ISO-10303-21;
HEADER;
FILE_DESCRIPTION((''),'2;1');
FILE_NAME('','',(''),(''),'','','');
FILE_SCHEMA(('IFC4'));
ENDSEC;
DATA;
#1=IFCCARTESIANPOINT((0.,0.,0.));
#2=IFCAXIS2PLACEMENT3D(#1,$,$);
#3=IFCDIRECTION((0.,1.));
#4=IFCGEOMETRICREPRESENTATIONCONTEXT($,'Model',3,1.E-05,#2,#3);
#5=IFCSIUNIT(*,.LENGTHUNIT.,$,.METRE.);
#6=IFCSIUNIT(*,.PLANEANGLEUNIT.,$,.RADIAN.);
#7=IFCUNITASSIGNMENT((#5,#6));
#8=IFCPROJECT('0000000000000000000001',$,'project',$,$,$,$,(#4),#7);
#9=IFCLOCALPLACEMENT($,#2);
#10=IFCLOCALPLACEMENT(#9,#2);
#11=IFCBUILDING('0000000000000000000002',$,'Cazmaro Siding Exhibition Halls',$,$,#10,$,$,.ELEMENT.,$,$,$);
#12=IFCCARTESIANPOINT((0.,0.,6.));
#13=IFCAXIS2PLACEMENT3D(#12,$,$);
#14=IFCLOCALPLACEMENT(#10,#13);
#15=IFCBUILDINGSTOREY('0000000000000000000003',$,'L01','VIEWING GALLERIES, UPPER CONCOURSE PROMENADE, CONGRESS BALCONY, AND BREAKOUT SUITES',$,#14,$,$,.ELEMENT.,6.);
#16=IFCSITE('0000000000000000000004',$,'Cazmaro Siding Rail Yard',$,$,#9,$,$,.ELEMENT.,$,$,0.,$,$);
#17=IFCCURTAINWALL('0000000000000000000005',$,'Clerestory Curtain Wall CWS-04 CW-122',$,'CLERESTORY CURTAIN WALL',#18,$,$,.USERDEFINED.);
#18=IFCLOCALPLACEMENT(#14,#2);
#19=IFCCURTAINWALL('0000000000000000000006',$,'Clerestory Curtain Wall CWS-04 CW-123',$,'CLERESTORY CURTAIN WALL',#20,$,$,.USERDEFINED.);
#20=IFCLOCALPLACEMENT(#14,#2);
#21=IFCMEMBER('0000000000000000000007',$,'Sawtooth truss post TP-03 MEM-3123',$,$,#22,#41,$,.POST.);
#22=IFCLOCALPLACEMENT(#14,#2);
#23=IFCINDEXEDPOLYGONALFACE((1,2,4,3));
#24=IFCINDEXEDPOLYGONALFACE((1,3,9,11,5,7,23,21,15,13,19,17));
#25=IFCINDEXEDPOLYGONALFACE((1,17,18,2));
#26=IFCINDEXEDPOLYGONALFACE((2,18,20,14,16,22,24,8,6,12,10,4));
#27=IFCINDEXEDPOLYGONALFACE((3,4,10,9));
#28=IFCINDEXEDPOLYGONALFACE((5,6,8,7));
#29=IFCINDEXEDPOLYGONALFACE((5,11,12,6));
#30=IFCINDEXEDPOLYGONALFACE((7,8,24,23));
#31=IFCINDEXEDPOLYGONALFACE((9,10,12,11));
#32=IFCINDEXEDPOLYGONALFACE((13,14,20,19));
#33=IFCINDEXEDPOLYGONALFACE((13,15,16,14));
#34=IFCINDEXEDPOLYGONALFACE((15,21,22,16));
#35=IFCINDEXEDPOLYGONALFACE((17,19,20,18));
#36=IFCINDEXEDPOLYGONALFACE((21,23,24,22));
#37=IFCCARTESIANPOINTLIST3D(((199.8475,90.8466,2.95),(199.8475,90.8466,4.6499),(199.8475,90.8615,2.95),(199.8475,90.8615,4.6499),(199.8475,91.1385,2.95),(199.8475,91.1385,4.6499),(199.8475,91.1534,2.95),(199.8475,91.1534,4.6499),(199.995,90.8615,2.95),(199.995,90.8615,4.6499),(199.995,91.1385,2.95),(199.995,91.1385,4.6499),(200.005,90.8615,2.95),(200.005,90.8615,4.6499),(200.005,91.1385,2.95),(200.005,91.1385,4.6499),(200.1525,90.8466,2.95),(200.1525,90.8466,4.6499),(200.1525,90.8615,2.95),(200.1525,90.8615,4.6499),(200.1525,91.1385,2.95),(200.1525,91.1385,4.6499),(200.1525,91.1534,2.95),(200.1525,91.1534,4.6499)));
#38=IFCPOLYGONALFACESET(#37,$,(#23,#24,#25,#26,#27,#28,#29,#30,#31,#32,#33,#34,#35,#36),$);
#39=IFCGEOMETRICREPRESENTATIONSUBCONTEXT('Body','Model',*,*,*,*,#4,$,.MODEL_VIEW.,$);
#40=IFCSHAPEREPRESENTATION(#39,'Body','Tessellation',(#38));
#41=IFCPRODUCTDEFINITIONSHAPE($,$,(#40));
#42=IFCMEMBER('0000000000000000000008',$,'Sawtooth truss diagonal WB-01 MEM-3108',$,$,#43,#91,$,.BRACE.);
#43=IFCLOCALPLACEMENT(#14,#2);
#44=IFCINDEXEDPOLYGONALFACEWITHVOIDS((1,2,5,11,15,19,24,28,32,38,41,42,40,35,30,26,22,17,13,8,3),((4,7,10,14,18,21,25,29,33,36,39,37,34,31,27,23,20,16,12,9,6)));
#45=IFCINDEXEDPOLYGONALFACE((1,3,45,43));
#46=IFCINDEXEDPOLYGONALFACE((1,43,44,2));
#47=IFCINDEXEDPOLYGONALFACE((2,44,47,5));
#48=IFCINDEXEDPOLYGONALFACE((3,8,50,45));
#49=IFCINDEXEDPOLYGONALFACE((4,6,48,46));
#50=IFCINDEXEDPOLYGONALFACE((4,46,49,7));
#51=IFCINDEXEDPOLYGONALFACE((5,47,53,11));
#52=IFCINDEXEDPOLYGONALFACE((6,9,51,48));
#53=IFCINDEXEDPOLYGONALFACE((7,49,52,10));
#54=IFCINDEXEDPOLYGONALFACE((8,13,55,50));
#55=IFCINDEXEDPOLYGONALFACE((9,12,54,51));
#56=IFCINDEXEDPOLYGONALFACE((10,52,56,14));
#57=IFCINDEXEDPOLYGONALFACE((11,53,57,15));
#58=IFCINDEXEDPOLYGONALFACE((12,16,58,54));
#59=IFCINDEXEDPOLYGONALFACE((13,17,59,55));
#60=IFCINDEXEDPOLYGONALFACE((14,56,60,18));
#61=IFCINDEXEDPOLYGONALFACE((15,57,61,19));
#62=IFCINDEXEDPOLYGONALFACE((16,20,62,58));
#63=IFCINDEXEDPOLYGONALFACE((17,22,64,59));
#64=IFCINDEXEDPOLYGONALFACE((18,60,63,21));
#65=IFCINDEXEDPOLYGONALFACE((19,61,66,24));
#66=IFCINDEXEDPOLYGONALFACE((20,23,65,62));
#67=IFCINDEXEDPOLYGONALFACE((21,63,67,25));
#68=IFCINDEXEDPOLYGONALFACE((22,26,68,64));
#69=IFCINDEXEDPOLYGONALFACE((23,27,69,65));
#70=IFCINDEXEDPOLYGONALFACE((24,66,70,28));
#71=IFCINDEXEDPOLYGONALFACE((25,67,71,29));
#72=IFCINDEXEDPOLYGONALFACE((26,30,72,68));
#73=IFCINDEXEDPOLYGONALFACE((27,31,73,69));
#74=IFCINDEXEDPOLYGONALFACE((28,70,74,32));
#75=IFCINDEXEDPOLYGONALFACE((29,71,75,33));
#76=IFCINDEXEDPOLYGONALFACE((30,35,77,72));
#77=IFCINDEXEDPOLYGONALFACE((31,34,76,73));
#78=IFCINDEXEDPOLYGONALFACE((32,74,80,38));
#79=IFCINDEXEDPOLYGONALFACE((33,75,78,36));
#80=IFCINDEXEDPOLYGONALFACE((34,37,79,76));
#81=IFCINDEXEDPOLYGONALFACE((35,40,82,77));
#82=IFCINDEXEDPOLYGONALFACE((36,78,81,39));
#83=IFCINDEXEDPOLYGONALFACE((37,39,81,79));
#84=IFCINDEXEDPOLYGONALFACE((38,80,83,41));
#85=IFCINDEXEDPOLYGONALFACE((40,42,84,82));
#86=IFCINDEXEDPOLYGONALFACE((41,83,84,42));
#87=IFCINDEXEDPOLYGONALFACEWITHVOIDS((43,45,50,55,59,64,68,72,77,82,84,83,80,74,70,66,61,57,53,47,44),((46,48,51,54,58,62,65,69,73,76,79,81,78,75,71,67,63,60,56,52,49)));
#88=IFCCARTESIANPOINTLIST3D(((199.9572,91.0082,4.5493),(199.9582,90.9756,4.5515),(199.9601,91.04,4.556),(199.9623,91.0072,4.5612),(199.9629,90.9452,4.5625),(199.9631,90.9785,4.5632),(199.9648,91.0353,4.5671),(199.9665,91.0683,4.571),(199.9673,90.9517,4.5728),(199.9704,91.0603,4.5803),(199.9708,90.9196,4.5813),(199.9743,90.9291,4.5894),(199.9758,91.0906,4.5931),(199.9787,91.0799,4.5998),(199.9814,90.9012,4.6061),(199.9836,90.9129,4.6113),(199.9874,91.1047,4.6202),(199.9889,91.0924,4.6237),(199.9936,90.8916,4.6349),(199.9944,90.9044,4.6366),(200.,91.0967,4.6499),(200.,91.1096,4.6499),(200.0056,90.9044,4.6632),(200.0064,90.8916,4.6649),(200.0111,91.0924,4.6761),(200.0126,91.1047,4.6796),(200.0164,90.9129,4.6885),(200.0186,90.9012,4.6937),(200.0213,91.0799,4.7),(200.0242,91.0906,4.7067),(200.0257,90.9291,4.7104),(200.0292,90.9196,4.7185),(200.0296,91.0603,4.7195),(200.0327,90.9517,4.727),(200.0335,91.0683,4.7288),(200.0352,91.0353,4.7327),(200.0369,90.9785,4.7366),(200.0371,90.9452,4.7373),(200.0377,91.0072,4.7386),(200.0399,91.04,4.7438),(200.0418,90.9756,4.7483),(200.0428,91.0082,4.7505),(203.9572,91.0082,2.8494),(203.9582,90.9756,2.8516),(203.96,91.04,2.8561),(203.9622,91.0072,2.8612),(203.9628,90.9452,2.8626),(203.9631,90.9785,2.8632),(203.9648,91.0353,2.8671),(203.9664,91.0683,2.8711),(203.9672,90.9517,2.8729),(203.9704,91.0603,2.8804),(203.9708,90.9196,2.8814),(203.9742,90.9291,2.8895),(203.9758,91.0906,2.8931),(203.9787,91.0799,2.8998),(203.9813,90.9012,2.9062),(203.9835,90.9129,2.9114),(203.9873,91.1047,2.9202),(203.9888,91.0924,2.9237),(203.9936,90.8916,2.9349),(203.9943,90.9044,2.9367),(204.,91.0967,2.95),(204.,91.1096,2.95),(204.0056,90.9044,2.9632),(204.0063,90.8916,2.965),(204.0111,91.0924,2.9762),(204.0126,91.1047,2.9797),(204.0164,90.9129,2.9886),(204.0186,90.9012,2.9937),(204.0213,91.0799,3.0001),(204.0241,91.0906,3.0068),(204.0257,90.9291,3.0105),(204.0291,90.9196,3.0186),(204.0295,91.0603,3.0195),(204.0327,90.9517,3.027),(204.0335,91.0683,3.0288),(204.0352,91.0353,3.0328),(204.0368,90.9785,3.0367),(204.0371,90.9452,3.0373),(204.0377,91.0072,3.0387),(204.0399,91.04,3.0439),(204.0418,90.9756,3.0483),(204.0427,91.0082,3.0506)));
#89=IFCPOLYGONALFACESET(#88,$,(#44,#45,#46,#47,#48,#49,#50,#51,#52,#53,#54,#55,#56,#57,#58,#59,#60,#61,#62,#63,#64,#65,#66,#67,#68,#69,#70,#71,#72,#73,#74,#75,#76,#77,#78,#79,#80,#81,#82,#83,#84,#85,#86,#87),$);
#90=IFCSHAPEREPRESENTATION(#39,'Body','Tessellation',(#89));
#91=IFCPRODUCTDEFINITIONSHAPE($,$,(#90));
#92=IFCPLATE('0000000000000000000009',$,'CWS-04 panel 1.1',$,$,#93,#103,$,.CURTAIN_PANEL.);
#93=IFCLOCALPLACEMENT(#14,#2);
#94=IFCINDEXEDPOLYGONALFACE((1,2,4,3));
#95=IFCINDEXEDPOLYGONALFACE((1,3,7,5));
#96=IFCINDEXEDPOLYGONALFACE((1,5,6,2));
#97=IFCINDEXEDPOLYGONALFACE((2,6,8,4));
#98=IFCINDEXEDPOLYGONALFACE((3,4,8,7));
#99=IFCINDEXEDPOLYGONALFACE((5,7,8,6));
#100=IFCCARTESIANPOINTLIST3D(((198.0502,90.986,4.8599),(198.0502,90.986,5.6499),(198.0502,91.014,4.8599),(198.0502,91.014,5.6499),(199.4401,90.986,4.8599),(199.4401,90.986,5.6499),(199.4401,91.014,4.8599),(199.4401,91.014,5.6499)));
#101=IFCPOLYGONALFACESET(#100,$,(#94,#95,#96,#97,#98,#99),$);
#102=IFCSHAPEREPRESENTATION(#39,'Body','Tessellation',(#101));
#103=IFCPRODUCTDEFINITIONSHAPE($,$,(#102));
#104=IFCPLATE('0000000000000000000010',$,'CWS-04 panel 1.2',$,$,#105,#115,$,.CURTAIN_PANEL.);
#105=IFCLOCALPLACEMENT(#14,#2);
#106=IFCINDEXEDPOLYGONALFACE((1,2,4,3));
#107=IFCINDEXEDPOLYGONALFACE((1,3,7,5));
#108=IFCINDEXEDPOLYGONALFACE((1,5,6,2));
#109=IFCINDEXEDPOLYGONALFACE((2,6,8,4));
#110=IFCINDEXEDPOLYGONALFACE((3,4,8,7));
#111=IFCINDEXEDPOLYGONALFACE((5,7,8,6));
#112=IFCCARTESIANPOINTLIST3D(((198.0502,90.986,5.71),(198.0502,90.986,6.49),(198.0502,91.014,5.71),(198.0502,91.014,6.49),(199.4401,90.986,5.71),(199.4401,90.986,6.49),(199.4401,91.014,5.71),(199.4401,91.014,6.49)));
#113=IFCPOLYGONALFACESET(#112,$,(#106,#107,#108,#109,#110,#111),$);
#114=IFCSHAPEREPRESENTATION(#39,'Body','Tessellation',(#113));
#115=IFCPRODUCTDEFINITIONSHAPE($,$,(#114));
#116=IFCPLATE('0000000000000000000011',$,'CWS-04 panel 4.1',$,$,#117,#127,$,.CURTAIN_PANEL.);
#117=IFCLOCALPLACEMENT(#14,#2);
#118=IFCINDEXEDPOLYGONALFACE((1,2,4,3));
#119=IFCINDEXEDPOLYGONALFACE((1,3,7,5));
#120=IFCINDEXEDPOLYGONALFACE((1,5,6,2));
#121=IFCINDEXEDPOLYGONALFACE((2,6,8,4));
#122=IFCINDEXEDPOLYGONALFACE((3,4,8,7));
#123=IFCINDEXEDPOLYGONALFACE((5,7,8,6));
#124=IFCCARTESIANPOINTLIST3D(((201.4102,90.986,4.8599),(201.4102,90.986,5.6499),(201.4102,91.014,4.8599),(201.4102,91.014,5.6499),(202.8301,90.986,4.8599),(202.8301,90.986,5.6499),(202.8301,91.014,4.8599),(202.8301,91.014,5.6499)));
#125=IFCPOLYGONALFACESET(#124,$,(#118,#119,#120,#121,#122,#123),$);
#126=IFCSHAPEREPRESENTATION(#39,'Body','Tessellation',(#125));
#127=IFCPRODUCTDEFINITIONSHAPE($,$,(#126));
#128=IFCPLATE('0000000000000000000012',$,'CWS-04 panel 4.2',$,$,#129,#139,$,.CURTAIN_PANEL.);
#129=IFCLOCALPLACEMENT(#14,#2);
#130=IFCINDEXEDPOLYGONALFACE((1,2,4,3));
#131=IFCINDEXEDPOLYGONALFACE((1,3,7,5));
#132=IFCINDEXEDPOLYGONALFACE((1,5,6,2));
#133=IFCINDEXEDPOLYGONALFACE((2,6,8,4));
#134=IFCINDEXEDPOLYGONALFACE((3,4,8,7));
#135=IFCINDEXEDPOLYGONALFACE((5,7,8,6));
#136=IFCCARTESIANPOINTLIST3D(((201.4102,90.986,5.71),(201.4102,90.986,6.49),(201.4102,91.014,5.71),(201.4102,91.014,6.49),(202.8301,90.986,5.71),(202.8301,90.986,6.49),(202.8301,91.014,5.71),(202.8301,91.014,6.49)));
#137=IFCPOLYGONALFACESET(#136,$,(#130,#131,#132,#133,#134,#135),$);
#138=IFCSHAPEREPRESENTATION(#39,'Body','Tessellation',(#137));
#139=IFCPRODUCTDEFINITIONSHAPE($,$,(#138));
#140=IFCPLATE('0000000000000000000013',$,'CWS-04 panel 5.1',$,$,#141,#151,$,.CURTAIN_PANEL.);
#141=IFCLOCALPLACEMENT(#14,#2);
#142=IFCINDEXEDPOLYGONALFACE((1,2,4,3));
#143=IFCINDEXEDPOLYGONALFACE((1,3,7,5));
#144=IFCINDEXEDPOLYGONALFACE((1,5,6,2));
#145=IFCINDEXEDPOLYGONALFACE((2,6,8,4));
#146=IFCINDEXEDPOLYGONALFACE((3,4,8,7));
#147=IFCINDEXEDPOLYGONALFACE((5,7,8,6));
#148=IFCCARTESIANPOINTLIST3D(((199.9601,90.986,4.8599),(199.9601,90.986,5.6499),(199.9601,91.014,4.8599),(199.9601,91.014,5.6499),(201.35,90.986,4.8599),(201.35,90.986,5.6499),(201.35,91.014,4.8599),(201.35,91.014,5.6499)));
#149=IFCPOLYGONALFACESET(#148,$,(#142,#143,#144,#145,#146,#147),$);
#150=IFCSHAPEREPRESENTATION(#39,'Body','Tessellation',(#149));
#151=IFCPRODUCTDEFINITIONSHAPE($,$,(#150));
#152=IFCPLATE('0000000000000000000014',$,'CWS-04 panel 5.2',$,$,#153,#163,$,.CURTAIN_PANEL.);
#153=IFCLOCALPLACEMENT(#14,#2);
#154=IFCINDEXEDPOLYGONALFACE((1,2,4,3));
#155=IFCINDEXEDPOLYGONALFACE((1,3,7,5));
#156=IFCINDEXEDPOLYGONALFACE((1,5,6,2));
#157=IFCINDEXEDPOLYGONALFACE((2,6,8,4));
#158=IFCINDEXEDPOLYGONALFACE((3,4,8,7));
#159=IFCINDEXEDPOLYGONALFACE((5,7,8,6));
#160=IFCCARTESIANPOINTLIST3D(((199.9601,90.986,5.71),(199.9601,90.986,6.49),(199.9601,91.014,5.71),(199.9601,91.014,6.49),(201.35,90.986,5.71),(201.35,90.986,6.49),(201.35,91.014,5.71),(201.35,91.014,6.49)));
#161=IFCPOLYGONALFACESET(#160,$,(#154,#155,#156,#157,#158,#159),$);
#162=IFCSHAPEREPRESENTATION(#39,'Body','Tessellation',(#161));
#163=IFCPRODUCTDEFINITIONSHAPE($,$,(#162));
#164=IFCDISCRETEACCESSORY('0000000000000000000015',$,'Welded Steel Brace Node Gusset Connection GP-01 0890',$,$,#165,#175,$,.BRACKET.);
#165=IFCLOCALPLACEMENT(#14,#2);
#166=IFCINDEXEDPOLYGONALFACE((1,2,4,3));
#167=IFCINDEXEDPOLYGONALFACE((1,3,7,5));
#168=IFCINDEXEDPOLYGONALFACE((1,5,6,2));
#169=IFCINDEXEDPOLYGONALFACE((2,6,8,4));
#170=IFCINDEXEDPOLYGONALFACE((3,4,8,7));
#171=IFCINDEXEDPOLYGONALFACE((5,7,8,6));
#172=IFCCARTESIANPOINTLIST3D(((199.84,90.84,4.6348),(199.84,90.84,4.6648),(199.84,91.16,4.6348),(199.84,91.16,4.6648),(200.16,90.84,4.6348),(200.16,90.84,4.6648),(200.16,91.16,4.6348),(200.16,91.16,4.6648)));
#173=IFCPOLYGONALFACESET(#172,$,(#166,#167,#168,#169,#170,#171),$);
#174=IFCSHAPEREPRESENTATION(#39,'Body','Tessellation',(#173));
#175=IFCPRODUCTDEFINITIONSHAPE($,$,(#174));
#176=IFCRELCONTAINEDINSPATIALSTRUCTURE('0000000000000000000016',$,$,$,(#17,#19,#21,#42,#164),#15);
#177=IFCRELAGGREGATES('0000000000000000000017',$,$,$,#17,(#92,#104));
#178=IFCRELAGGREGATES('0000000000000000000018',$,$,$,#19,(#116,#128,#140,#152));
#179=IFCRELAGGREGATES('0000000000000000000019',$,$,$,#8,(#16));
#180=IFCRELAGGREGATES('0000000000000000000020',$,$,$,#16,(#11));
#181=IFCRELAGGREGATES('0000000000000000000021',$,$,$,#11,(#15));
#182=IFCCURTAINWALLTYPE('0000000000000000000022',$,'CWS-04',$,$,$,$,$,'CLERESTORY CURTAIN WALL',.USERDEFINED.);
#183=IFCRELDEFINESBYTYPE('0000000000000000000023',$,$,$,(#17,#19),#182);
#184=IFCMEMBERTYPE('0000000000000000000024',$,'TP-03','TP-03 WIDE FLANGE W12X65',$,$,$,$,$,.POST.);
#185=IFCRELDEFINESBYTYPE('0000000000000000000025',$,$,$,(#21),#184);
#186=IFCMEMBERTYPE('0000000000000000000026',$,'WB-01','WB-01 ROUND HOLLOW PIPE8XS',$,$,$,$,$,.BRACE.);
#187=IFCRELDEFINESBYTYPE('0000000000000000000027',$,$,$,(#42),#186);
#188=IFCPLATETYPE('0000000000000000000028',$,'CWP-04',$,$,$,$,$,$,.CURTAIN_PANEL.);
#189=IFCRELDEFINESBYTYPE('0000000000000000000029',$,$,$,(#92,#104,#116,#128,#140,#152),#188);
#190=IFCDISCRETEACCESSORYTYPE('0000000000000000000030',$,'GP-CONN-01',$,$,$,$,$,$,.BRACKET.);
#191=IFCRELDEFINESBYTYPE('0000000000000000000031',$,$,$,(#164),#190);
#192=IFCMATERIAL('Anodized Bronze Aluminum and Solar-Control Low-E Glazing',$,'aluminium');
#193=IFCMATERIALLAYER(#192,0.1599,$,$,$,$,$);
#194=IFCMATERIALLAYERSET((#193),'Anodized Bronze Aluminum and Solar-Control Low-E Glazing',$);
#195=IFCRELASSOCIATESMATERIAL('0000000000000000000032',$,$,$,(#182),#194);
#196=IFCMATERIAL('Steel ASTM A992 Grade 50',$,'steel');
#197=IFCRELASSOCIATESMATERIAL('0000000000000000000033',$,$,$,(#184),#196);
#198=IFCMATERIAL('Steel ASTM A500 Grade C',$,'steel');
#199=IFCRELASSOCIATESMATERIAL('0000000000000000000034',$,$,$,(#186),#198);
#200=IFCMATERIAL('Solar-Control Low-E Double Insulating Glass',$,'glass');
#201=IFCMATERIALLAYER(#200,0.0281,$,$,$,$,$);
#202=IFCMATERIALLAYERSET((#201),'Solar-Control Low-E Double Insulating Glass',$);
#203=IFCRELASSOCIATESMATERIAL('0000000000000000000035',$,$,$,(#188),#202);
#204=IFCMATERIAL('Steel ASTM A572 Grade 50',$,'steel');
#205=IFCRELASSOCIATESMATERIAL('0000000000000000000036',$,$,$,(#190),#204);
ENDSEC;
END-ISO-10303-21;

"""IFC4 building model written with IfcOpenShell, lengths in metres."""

from ifc_helpers import new_model, si_unit, direction, frame, origin, origin_2d, place, context, subcontext, project, spatial, rectangle, hollow_circle, i_section, extrude, material, layer, layer_set, material_profile, profile_set, type_object, element, aggregate, save


model = new_model("IFC4")

# Units and contexts
model_context = context("Model", 3, precision=1e-05, world=origin(), true_north=direction((0.0, 1.0)))
body_context = subcontext(model_context, "Body", "Model", "MODEL_VIEW")
ifc_project = project(units=[si_unit("LENGTHUNIT", "METRE"), si_unit("PLANEANGLEUNIT", "RADIAN")], contexts=[model_context])

# Site, building, storey
site_placement = place(None, origin())
site = spatial("IfcSite", under=ifc_project, at=site_placement, Name="Cazmaro Siding Rail Yard", CompositionType="ELEMENT", RefElevation=0.0)
building_placement = place(site_placement, origin())
building = spatial("IfcBuilding", under=site, at=building_placement, Name="Cazmaro Siding Exhibition Halls", CompositionType="ELEMENT")
storey_placement = place(building_placement, frame((0.0, 0.0, 6.0)))
storey = spatial("IfcBuildingStorey", under=building, at=storey_placement, Name="L01", Description="VIEWING GALLERIES, UPPER CONCOURSE PROMENADE, CONGRESS BALCONY, AND BREAKOUT SUITES", CompositionType="ELEMENT", Elevation=6.0)

# Curtain walls
ifc_material_1 = material(Name="Anodized Bronze Aluminum and Solar-Control Low-E Glazing", Category="aluminium")
ifc_layer_1 = layer(ifc_material_1, 0.1599)
ifc_layer_set_1 = layer_set([ifc_layer_1], Name="Anodized Bronze Aluminum and Solar-Control Low-E Glazing")
curtain_wall_type = type_object("IfcCurtainWallType", Name="CWS-04", ElementType="CLERESTORY CURTAIN WALL", PredefinedType="USERDEFINED", material=ifc_layer_set_1)
curtain_wall_1_placement = place(storey_placement, origin())
curtain_wall_1 = element("IfcCurtainWall", 1, at=curtain_wall_1_placement, inside=storey, type_object=curtain_wall_type, Name="Clerestory Curtain Wall CWS-04 CW-122", ObjectType="CLERESTORY CURTAIN WALL", PredefinedType="USERDEFINED")
curtain_wall_2_placement = place(storey_placement, origin())
curtain_wall_2 = element("IfcCurtainWall", 2, at=curtain_wall_2_placement, inside=storey, type_object=curtain_wall_type, Name="Clerestory Curtain Wall CWS-04 CW-123", ObjectType="CLERESTORY CURTAIN WALL", PredefinedType="USERDEFINED")

# Members
ifc_material_2 = material(Name="Steel ASTM A992 Grade 50", Category="steel")
ifc_material_profile_1 = material_profile(ifc_material_2, i_section(OverallWidth=0.3049, OverallDepth=0.3069, WebThickness=0.01, FlangeThickness=0.0149, at=origin_2d()), Name="W12X65")
ifc_profile_set_1 = profile_set([ifc_material_profile_1], Name="Steel ASTM A992 Grade 50")
member_type_1 = type_object("IfcMemberType", Name="TP-03", Description="TP-03 WIDE FLANGE W12X65", PredefinedType="POST", material=ifc_profile_set_1)
member_1_placement = place(storey_placement, frame((200.0, 91.0, 2.95), z_axis=(0.0, 0.0, 1.0), x_axis=(1.0, 0.0, 0.0)))
element("IfcMember", 3, at=member_1_placement, inside=storey, type_object=member_type_1, Name="Sawtooth truss post TP-03 MEM-3123", PredefinedType="POST", context=body_context, shape_type="SweptSolid", body=[
    extrude(i_section(OverallWidth=0.3049, OverallDepth=0.3069, WebThickness=0.01, FlangeThickness=0.0149, at=origin_2d()), origin(), (0.0, 0.0, 1.0), 1.7),
])
ifc_material_3 = material(Name="Steel ASTM A500 Grade C", Category="steel")
ifc_material_profile_2 = material_profile(ifc_material_3, hollow_circle(Radius=0.1096, WallThickness=0.0129, at=origin_2d()), Name="PIPE8XS")
ifc_profile_set_2 = profile_set([ifc_material_profile_2], Name="Steel ASTM A500 Grade C")
member_type_2 = type_object("IfcMemberType", Name="WB-01", Description="WB-01 ROUND HOLLOW PIPE8XS", PredefinedType="BRACE", material=ifc_profile_set_2)
member_2_placement = place(storey_placement, frame((200.0, 91.0, 4.6499), z_axis=(0.920335, 0.0, -0.391131), x_axis=(0.0, 1.0, 0.0)))
element("IfcMember", 4, at=member_2_placement, inside=storey, type_object=member_type_2, Name="Sawtooth truss diagonal WB-01 MEM-3108", PredefinedType="BRACE", context=body_context, shape_type="SweptSolid", body=[
    extrude(hollow_circle(Radius=0.1096, WallThickness=0.0129, at=origin_2d()), origin(), (0.0, 0.0, 1.0), 4.3462),
])

# Plates
ifc_material_4 = material(Name="Solar-Control Low-E Double Insulating Glass", Category="glass")
ifc_layer_2 = layer(ifc_material_4, 0.0281)
ifc_layer_set_2 = layer_set([ifc_layer_2], Name="Solar-Control Low-E Double Insulating Glass")
plate_type = type_object("IfcPlateType", Name="CWP-04", PredefinedType="CURTAIN_PANEL", material=ifc_layer_set_2)
plate_1_placement = place(storey_placement, frame((198.7451, 91.0, 4.8599), z_axis=(0.0, 0.0, 1.0), x_axis=(-1.0, 0.0, 0.0)))
plate_1 = element("IfcPlate", 5, at=plate_1_placement, type_object=plate_type, Name="CWS-04 panel 1.1", PredefinedType="CURTAIN_PANEL", context=body_context, shape_type="SweptSolid", body=[
    extrude(rectangle(XDim=1.3899, YDim=0.0281, at=origin_2d()), origin(), (0.0, 0.0, 1.0), 0.79),
])
plate_2_placement = place(storey_placement, frame((198.7451, 91.0, 5.71), z_axis=(0.0, 0.0, 1.0), x_axis=(-1.0, 0.0, 0.0)))
plate_2 = element("IfcPlate", 6, at=plate_2_placement, type_object=plate_type, Name="CWS-04 panel 1.2", PredefinedType="CURTAIN_PANEL", context=body_context, shape_type="SweptSolid", body=[
    extrude(rectangle(XDim=1.3899, YDim=0.0281, at=origin_2d()), origin(), (0.0, 0.0, 1.0), 0.78),
])
aggregate(curtain_wall_1, [plate_1, plate_2])
plate_3_placement = place(storey_placement, frame((202.1201, 91.0, 4.8599), z_axis=(0.0, 0.0, 1.0), x_axis=(-1.0, 0.0, 0.0)))
plate_3 = element("IfcPlate", 7, at=plate_3_placement, type_object=plate_type, Name="CWS-04 panel 4.1", PredefinedType="CURTAIN_PANEL", context=body_context, shape_type="SweptSolid", body=[
    extrude(rectangle(XDim=1.4199, YDim=0.0281, at=origin_2d()), origin(), (0.0, 0.0, 1.0), 0.79),
])
plate_4_placement = place(storey_placement, frame((202.1201, 91.0, 5.71), z_axis=(0.0, 0.0, 1.0), x_axis=(-1.0, 0.0, 0.0)))
plate_4 = element("IfcPlate", 8, at=plate_4_placement, type_object=plate_type, Name="CWS-04 panel 4.2", PredefinedType="CURTAIN_PANEL", context=body_context, shape_type="SweptSolid", body=[
    extrude(rectangle(XDim=1.4199, YDim=0.0281, at=origin_2d()), origin(), (0.0, 0.0, 1.0), 0.78),
])
plate_5_placement = place(storey_placement, frame((200.655, 91.0, 4.8599), z_axis=(0.0, 0.0, 1.0), x_axis=(-1.0, 0.0, 0.0)))
plate_5 = element("IfcPlate", 9, at=plate_5_placement, type_object=plate_type, Name="CWS-04 panel 5.1", PredefinedType="CURTAIN_PANEL", context=body_context, shape_type="SweptSolid", body=[
    extrude(rectangle(XDim=1.3899, YDim=0.0281, at=origin_2d()), origin(), (0.0, 0.0, 1.0), 0.79),
])
plate_6_placement = place(storey_placement, frame((200.655, 91.0, 5.71), z_axis=(0.0, 0.0, 1.0), x_axis=(-1.0, 0.0, 0.0)))
plate_6 = element("IfcPlate", 10, at=plate_6_placement, type_object=plate_type, Name="CWS-04 panel 5.2", PredefinedType="CURTAIN_PANEL", context=body_context, shape_type="SweptSolid", body=[
    extrude(rectangle(XDim=1.3899, YDim=0.0281, at=origin_2d()), origin(), (0.0, 0.0, 1.0), 0.78),
])
aggregate(curtain_wall_2, [plate_3, plate_4, plate_5, plate_6])

# Discrete accessory
ifc_material_5 = material(Name="Steel ASTM A572 Grade 50", Category="steel")
discrete_accessory_type = type_object("IfcDiscreteAccessoryType", Name="GP-CONN-01", PredefinedType="BRACKET", material=ifc_material_5)
discrete_accessory_placement = place(storey_placement, frame((200.0, 91.0, 4.6348), z_axis=(0.0, 0.0, 1.0), x_axis=(1.0, 0.0, 0.0)))
element("IfcDiscreteAccessory", 11, at=discrete_accessory_placement, inside=storey, type_object=discrete_accessory_type, Name="Welded Steel Brace Node Gusset Connection GP-01 0890", PredefinedType="BRACKET", context=body_context, shape_type="SweptSolid", body=[
    extrude(rectangle(XDim=0.3201, YDim=0.3201, at=origin_2d()), origin(), (0.0, 0.0, 1.0), 0.03),
])

save(model, "model.ifc")
